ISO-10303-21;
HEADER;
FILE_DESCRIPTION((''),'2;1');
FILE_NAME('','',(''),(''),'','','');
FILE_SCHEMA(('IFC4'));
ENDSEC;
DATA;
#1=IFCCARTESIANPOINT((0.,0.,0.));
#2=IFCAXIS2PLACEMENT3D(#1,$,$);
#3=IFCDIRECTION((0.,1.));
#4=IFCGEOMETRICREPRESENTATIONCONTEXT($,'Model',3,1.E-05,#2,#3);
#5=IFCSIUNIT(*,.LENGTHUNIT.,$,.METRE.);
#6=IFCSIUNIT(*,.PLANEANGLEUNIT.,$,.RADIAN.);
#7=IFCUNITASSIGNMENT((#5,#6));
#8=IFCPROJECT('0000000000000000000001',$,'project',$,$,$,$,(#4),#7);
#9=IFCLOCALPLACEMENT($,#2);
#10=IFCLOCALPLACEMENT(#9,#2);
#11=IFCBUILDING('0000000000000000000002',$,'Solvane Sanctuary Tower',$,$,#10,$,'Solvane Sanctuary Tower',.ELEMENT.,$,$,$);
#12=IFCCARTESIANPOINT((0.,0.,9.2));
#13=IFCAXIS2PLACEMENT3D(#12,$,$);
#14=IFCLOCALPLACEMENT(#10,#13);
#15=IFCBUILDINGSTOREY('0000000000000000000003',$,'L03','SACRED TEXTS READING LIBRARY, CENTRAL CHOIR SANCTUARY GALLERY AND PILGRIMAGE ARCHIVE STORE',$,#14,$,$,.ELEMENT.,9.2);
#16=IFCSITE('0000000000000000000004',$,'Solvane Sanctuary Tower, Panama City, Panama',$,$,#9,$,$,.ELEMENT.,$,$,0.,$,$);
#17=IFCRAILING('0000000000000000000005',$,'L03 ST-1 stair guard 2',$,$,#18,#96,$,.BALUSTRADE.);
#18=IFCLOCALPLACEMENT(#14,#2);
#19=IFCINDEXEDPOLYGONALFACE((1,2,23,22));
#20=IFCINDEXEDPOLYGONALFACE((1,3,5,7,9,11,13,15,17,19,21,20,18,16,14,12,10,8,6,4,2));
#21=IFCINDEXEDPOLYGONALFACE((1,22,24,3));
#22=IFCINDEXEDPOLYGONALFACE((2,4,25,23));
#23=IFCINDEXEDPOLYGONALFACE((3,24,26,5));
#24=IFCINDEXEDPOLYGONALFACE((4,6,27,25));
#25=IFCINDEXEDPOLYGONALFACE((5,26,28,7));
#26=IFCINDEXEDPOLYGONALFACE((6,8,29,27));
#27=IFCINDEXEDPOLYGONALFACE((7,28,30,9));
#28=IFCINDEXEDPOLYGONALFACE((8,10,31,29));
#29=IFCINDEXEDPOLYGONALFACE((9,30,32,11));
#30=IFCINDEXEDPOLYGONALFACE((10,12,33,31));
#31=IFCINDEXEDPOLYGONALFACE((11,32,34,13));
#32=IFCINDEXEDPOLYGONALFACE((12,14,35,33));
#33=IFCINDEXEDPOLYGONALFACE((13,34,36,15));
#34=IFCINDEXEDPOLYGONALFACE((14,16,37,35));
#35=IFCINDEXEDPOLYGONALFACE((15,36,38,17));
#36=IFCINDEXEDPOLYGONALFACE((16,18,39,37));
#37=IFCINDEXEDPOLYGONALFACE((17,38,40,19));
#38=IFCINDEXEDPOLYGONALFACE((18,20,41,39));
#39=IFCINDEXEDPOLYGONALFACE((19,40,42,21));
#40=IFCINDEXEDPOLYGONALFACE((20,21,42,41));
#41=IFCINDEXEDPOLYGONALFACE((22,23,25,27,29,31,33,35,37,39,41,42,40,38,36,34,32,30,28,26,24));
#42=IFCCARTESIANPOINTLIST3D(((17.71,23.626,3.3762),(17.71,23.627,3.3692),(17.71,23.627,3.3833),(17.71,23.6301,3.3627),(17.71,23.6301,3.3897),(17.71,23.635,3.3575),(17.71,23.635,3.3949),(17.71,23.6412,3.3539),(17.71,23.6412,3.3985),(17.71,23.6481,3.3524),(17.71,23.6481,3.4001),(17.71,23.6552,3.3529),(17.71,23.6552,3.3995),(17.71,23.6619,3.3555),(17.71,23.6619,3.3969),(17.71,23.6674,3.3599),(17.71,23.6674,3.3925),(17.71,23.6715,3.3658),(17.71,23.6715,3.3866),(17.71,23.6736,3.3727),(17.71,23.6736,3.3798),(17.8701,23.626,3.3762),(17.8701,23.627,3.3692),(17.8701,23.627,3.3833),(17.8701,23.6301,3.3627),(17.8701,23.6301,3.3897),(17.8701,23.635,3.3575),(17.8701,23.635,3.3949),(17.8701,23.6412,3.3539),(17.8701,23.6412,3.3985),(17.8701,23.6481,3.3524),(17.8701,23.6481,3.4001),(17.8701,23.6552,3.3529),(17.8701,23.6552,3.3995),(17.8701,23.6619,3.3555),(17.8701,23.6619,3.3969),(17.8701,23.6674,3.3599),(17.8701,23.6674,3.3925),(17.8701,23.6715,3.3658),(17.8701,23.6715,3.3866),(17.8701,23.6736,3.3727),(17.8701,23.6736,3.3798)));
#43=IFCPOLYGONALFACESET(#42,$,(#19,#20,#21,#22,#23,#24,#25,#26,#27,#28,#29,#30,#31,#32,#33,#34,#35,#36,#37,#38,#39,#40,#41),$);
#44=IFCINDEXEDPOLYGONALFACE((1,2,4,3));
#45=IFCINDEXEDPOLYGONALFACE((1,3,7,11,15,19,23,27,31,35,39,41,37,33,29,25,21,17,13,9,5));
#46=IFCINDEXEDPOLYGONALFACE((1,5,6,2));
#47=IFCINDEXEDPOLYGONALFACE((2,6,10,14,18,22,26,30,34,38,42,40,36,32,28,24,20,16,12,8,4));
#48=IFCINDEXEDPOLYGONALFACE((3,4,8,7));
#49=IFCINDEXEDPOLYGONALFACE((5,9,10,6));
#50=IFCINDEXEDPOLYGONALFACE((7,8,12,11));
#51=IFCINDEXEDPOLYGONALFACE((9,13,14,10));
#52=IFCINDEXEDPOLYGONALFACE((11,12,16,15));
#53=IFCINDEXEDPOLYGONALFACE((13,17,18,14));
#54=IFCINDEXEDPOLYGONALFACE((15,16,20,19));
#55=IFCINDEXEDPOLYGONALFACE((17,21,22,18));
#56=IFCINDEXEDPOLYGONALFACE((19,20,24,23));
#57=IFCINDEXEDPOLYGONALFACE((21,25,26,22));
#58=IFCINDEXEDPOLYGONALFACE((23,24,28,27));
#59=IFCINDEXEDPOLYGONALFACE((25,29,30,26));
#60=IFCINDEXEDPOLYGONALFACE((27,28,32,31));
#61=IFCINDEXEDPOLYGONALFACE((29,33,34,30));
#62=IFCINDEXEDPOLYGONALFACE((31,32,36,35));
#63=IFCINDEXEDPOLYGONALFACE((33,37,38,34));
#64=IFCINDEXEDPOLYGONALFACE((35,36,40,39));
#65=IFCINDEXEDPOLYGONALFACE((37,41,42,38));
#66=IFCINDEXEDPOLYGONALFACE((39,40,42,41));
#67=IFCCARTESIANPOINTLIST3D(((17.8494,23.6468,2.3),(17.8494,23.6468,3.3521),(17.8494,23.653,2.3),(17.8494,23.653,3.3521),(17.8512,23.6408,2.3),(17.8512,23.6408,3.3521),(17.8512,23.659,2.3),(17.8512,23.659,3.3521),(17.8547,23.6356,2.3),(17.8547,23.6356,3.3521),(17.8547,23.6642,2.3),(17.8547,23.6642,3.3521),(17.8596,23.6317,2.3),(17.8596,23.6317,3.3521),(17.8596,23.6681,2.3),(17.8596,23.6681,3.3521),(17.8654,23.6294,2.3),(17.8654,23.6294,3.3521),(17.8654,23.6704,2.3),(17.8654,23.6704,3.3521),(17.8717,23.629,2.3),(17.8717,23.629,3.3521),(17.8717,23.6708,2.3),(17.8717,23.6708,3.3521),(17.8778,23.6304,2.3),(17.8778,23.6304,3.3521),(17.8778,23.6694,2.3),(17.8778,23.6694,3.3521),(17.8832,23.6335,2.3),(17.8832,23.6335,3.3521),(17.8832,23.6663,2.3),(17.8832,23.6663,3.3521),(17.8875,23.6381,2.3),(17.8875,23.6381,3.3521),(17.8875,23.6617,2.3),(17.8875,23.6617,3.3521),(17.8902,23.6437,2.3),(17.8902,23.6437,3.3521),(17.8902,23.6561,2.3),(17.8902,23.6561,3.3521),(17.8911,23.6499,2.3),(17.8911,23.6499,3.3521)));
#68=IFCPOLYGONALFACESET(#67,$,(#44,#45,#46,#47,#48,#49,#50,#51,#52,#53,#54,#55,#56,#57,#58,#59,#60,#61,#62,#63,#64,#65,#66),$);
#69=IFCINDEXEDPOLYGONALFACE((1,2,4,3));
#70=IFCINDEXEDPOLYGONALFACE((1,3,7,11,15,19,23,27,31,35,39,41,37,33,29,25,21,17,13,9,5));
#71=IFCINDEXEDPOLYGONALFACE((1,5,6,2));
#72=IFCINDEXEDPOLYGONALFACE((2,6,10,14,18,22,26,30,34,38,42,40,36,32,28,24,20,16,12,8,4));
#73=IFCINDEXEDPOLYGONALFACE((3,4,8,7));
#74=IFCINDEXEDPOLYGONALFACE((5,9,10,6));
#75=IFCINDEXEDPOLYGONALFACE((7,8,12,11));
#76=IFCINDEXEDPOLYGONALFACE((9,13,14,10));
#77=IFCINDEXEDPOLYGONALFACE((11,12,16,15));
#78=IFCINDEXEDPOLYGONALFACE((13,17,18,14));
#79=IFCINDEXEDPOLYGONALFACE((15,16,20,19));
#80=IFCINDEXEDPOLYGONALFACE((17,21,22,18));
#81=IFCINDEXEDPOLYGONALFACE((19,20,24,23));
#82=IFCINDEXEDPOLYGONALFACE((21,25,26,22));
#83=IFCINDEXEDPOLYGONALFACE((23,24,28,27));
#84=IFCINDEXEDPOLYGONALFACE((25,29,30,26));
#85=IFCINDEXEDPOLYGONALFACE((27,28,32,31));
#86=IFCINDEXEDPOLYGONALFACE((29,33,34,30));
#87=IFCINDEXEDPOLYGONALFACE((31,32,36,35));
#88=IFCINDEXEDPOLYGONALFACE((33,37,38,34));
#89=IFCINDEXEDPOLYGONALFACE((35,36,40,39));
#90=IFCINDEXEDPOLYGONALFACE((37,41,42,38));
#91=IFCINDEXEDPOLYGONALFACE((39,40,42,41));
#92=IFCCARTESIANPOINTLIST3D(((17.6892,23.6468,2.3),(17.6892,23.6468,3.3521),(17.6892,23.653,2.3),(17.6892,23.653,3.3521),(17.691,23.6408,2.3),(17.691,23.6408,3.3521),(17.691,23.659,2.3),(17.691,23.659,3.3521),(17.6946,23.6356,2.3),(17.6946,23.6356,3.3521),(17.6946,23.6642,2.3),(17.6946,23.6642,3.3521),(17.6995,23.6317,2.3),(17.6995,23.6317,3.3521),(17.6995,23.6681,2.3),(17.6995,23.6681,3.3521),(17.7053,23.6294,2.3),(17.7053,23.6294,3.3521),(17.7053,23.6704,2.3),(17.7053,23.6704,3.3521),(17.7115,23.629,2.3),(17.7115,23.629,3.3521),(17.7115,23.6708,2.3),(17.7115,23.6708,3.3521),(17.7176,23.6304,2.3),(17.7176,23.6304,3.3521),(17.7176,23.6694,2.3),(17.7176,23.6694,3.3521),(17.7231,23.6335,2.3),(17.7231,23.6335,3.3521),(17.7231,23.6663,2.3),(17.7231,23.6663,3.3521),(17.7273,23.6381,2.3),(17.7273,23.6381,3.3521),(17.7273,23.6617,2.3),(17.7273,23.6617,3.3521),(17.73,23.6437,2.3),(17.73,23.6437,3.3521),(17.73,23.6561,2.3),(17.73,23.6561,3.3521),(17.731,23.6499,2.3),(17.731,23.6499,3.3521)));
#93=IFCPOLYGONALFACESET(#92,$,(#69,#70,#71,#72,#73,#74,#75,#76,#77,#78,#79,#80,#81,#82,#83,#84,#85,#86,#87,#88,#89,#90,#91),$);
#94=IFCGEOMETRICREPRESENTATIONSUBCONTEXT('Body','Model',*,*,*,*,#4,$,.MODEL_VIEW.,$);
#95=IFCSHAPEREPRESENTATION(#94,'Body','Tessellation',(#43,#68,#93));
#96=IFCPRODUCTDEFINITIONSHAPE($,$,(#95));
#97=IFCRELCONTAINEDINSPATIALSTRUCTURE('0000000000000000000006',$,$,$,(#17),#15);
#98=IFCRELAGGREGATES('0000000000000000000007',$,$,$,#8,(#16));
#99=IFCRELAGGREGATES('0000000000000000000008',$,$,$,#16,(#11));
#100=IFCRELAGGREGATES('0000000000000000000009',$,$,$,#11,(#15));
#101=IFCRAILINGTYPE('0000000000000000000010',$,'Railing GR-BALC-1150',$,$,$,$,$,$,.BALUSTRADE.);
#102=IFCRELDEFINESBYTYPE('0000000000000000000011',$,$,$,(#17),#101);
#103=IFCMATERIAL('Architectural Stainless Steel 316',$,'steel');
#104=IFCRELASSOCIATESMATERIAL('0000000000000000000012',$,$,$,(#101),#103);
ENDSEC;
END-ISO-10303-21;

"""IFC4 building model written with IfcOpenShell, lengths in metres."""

from ifc_helpers import new_model, si_unit, direction, frame, origin, origin_2d, place, context, subcontext, project, spatial, circle, extrude, material, type_object, element, save


model = new_model("IFC4")

# Units and contexts
model_context = context("Model", 3, precision=1e-05, world=origin(), true_north=direction((0.0, 1.0)))
body_context = subcontext(model_context, "Body", "Model", "MODEL_VIEW")
ifc_project = project(units=[si_unit("LENGTHUNIT", "METRE"), si_unit("PLANEANGLEUNIT", "RADIAN")], contexts=[model_context])

# Site, building, storey
site_placement = place(None, origin())
site = spatial("IfcSite", under=ifc_project, at=site_placement, Name="Solvane Sanctuary Tower, Panama City, Panama", CompositionType="ELEMENT", RefElevation=0.0)
building_placement = place(site_placement, origin())
building = spatial("IfcBuilding", under=site, at=building_placement, Name="Solvane Sanctuary Tower", LongName="Solvane Sanctuary Tower", CompositionType="ELEMENT")
storey_placement = place(building_placement, frame((0.0, 0.0, 9.2)))
storey = spatial("IfcBuildingStorey", under=building, at=storey_placement, Name="L03", Description="SACRED TEXTS READING LIBRARY, CENTRAL CHOIR SANCTUARY GALLERY AND PILGRIMAGE ARCHIVE STORE", CompositionType="ELEMENT", Elevation=9.2)

# Railing
ifc_material_1 = material(Name="Architectural Stainless Steel 316", Category="steel")
railing_type_1 = type_object("IfcRailingType", Name="Railing GR-BALC-1150", PredefinedType="BALUSTRADE", material=ifc_material_1)
railing_1_placement = place(storey_placement, frame((17.8701, 23.6499, 2.3)))
element("IfcRailing", 1, at=railing_1_placement, inside=storey, type_object=railing_type_1, Name="L03 ST-1 stair guard 2", PredefinedType="BALUSTRADE", context=body_context, shape_type="SweptSolid", body=[
    extrude(circle(Radius=0.0239, at=origin_2d()), frame((0.0, 0.0, 1.0762), z_axis=(-1.0, 0.0, 0.0), x_axis=(0.0, -1.0, 0.0)), (0.0, 0.0, 1.0), 0.1602),
    extrude(circle(Radius=0.021, at=origin_2d()), origin(), (0.0, 0.0, 1.0), 1.052),
    extrude(circle(Radius=0.021, at=origin_2d()), frame((-0.1602, 0.0, 0.0)), (0.0, 0.0, 1.0), 1.052),
])

save(model, "model.ifc")
